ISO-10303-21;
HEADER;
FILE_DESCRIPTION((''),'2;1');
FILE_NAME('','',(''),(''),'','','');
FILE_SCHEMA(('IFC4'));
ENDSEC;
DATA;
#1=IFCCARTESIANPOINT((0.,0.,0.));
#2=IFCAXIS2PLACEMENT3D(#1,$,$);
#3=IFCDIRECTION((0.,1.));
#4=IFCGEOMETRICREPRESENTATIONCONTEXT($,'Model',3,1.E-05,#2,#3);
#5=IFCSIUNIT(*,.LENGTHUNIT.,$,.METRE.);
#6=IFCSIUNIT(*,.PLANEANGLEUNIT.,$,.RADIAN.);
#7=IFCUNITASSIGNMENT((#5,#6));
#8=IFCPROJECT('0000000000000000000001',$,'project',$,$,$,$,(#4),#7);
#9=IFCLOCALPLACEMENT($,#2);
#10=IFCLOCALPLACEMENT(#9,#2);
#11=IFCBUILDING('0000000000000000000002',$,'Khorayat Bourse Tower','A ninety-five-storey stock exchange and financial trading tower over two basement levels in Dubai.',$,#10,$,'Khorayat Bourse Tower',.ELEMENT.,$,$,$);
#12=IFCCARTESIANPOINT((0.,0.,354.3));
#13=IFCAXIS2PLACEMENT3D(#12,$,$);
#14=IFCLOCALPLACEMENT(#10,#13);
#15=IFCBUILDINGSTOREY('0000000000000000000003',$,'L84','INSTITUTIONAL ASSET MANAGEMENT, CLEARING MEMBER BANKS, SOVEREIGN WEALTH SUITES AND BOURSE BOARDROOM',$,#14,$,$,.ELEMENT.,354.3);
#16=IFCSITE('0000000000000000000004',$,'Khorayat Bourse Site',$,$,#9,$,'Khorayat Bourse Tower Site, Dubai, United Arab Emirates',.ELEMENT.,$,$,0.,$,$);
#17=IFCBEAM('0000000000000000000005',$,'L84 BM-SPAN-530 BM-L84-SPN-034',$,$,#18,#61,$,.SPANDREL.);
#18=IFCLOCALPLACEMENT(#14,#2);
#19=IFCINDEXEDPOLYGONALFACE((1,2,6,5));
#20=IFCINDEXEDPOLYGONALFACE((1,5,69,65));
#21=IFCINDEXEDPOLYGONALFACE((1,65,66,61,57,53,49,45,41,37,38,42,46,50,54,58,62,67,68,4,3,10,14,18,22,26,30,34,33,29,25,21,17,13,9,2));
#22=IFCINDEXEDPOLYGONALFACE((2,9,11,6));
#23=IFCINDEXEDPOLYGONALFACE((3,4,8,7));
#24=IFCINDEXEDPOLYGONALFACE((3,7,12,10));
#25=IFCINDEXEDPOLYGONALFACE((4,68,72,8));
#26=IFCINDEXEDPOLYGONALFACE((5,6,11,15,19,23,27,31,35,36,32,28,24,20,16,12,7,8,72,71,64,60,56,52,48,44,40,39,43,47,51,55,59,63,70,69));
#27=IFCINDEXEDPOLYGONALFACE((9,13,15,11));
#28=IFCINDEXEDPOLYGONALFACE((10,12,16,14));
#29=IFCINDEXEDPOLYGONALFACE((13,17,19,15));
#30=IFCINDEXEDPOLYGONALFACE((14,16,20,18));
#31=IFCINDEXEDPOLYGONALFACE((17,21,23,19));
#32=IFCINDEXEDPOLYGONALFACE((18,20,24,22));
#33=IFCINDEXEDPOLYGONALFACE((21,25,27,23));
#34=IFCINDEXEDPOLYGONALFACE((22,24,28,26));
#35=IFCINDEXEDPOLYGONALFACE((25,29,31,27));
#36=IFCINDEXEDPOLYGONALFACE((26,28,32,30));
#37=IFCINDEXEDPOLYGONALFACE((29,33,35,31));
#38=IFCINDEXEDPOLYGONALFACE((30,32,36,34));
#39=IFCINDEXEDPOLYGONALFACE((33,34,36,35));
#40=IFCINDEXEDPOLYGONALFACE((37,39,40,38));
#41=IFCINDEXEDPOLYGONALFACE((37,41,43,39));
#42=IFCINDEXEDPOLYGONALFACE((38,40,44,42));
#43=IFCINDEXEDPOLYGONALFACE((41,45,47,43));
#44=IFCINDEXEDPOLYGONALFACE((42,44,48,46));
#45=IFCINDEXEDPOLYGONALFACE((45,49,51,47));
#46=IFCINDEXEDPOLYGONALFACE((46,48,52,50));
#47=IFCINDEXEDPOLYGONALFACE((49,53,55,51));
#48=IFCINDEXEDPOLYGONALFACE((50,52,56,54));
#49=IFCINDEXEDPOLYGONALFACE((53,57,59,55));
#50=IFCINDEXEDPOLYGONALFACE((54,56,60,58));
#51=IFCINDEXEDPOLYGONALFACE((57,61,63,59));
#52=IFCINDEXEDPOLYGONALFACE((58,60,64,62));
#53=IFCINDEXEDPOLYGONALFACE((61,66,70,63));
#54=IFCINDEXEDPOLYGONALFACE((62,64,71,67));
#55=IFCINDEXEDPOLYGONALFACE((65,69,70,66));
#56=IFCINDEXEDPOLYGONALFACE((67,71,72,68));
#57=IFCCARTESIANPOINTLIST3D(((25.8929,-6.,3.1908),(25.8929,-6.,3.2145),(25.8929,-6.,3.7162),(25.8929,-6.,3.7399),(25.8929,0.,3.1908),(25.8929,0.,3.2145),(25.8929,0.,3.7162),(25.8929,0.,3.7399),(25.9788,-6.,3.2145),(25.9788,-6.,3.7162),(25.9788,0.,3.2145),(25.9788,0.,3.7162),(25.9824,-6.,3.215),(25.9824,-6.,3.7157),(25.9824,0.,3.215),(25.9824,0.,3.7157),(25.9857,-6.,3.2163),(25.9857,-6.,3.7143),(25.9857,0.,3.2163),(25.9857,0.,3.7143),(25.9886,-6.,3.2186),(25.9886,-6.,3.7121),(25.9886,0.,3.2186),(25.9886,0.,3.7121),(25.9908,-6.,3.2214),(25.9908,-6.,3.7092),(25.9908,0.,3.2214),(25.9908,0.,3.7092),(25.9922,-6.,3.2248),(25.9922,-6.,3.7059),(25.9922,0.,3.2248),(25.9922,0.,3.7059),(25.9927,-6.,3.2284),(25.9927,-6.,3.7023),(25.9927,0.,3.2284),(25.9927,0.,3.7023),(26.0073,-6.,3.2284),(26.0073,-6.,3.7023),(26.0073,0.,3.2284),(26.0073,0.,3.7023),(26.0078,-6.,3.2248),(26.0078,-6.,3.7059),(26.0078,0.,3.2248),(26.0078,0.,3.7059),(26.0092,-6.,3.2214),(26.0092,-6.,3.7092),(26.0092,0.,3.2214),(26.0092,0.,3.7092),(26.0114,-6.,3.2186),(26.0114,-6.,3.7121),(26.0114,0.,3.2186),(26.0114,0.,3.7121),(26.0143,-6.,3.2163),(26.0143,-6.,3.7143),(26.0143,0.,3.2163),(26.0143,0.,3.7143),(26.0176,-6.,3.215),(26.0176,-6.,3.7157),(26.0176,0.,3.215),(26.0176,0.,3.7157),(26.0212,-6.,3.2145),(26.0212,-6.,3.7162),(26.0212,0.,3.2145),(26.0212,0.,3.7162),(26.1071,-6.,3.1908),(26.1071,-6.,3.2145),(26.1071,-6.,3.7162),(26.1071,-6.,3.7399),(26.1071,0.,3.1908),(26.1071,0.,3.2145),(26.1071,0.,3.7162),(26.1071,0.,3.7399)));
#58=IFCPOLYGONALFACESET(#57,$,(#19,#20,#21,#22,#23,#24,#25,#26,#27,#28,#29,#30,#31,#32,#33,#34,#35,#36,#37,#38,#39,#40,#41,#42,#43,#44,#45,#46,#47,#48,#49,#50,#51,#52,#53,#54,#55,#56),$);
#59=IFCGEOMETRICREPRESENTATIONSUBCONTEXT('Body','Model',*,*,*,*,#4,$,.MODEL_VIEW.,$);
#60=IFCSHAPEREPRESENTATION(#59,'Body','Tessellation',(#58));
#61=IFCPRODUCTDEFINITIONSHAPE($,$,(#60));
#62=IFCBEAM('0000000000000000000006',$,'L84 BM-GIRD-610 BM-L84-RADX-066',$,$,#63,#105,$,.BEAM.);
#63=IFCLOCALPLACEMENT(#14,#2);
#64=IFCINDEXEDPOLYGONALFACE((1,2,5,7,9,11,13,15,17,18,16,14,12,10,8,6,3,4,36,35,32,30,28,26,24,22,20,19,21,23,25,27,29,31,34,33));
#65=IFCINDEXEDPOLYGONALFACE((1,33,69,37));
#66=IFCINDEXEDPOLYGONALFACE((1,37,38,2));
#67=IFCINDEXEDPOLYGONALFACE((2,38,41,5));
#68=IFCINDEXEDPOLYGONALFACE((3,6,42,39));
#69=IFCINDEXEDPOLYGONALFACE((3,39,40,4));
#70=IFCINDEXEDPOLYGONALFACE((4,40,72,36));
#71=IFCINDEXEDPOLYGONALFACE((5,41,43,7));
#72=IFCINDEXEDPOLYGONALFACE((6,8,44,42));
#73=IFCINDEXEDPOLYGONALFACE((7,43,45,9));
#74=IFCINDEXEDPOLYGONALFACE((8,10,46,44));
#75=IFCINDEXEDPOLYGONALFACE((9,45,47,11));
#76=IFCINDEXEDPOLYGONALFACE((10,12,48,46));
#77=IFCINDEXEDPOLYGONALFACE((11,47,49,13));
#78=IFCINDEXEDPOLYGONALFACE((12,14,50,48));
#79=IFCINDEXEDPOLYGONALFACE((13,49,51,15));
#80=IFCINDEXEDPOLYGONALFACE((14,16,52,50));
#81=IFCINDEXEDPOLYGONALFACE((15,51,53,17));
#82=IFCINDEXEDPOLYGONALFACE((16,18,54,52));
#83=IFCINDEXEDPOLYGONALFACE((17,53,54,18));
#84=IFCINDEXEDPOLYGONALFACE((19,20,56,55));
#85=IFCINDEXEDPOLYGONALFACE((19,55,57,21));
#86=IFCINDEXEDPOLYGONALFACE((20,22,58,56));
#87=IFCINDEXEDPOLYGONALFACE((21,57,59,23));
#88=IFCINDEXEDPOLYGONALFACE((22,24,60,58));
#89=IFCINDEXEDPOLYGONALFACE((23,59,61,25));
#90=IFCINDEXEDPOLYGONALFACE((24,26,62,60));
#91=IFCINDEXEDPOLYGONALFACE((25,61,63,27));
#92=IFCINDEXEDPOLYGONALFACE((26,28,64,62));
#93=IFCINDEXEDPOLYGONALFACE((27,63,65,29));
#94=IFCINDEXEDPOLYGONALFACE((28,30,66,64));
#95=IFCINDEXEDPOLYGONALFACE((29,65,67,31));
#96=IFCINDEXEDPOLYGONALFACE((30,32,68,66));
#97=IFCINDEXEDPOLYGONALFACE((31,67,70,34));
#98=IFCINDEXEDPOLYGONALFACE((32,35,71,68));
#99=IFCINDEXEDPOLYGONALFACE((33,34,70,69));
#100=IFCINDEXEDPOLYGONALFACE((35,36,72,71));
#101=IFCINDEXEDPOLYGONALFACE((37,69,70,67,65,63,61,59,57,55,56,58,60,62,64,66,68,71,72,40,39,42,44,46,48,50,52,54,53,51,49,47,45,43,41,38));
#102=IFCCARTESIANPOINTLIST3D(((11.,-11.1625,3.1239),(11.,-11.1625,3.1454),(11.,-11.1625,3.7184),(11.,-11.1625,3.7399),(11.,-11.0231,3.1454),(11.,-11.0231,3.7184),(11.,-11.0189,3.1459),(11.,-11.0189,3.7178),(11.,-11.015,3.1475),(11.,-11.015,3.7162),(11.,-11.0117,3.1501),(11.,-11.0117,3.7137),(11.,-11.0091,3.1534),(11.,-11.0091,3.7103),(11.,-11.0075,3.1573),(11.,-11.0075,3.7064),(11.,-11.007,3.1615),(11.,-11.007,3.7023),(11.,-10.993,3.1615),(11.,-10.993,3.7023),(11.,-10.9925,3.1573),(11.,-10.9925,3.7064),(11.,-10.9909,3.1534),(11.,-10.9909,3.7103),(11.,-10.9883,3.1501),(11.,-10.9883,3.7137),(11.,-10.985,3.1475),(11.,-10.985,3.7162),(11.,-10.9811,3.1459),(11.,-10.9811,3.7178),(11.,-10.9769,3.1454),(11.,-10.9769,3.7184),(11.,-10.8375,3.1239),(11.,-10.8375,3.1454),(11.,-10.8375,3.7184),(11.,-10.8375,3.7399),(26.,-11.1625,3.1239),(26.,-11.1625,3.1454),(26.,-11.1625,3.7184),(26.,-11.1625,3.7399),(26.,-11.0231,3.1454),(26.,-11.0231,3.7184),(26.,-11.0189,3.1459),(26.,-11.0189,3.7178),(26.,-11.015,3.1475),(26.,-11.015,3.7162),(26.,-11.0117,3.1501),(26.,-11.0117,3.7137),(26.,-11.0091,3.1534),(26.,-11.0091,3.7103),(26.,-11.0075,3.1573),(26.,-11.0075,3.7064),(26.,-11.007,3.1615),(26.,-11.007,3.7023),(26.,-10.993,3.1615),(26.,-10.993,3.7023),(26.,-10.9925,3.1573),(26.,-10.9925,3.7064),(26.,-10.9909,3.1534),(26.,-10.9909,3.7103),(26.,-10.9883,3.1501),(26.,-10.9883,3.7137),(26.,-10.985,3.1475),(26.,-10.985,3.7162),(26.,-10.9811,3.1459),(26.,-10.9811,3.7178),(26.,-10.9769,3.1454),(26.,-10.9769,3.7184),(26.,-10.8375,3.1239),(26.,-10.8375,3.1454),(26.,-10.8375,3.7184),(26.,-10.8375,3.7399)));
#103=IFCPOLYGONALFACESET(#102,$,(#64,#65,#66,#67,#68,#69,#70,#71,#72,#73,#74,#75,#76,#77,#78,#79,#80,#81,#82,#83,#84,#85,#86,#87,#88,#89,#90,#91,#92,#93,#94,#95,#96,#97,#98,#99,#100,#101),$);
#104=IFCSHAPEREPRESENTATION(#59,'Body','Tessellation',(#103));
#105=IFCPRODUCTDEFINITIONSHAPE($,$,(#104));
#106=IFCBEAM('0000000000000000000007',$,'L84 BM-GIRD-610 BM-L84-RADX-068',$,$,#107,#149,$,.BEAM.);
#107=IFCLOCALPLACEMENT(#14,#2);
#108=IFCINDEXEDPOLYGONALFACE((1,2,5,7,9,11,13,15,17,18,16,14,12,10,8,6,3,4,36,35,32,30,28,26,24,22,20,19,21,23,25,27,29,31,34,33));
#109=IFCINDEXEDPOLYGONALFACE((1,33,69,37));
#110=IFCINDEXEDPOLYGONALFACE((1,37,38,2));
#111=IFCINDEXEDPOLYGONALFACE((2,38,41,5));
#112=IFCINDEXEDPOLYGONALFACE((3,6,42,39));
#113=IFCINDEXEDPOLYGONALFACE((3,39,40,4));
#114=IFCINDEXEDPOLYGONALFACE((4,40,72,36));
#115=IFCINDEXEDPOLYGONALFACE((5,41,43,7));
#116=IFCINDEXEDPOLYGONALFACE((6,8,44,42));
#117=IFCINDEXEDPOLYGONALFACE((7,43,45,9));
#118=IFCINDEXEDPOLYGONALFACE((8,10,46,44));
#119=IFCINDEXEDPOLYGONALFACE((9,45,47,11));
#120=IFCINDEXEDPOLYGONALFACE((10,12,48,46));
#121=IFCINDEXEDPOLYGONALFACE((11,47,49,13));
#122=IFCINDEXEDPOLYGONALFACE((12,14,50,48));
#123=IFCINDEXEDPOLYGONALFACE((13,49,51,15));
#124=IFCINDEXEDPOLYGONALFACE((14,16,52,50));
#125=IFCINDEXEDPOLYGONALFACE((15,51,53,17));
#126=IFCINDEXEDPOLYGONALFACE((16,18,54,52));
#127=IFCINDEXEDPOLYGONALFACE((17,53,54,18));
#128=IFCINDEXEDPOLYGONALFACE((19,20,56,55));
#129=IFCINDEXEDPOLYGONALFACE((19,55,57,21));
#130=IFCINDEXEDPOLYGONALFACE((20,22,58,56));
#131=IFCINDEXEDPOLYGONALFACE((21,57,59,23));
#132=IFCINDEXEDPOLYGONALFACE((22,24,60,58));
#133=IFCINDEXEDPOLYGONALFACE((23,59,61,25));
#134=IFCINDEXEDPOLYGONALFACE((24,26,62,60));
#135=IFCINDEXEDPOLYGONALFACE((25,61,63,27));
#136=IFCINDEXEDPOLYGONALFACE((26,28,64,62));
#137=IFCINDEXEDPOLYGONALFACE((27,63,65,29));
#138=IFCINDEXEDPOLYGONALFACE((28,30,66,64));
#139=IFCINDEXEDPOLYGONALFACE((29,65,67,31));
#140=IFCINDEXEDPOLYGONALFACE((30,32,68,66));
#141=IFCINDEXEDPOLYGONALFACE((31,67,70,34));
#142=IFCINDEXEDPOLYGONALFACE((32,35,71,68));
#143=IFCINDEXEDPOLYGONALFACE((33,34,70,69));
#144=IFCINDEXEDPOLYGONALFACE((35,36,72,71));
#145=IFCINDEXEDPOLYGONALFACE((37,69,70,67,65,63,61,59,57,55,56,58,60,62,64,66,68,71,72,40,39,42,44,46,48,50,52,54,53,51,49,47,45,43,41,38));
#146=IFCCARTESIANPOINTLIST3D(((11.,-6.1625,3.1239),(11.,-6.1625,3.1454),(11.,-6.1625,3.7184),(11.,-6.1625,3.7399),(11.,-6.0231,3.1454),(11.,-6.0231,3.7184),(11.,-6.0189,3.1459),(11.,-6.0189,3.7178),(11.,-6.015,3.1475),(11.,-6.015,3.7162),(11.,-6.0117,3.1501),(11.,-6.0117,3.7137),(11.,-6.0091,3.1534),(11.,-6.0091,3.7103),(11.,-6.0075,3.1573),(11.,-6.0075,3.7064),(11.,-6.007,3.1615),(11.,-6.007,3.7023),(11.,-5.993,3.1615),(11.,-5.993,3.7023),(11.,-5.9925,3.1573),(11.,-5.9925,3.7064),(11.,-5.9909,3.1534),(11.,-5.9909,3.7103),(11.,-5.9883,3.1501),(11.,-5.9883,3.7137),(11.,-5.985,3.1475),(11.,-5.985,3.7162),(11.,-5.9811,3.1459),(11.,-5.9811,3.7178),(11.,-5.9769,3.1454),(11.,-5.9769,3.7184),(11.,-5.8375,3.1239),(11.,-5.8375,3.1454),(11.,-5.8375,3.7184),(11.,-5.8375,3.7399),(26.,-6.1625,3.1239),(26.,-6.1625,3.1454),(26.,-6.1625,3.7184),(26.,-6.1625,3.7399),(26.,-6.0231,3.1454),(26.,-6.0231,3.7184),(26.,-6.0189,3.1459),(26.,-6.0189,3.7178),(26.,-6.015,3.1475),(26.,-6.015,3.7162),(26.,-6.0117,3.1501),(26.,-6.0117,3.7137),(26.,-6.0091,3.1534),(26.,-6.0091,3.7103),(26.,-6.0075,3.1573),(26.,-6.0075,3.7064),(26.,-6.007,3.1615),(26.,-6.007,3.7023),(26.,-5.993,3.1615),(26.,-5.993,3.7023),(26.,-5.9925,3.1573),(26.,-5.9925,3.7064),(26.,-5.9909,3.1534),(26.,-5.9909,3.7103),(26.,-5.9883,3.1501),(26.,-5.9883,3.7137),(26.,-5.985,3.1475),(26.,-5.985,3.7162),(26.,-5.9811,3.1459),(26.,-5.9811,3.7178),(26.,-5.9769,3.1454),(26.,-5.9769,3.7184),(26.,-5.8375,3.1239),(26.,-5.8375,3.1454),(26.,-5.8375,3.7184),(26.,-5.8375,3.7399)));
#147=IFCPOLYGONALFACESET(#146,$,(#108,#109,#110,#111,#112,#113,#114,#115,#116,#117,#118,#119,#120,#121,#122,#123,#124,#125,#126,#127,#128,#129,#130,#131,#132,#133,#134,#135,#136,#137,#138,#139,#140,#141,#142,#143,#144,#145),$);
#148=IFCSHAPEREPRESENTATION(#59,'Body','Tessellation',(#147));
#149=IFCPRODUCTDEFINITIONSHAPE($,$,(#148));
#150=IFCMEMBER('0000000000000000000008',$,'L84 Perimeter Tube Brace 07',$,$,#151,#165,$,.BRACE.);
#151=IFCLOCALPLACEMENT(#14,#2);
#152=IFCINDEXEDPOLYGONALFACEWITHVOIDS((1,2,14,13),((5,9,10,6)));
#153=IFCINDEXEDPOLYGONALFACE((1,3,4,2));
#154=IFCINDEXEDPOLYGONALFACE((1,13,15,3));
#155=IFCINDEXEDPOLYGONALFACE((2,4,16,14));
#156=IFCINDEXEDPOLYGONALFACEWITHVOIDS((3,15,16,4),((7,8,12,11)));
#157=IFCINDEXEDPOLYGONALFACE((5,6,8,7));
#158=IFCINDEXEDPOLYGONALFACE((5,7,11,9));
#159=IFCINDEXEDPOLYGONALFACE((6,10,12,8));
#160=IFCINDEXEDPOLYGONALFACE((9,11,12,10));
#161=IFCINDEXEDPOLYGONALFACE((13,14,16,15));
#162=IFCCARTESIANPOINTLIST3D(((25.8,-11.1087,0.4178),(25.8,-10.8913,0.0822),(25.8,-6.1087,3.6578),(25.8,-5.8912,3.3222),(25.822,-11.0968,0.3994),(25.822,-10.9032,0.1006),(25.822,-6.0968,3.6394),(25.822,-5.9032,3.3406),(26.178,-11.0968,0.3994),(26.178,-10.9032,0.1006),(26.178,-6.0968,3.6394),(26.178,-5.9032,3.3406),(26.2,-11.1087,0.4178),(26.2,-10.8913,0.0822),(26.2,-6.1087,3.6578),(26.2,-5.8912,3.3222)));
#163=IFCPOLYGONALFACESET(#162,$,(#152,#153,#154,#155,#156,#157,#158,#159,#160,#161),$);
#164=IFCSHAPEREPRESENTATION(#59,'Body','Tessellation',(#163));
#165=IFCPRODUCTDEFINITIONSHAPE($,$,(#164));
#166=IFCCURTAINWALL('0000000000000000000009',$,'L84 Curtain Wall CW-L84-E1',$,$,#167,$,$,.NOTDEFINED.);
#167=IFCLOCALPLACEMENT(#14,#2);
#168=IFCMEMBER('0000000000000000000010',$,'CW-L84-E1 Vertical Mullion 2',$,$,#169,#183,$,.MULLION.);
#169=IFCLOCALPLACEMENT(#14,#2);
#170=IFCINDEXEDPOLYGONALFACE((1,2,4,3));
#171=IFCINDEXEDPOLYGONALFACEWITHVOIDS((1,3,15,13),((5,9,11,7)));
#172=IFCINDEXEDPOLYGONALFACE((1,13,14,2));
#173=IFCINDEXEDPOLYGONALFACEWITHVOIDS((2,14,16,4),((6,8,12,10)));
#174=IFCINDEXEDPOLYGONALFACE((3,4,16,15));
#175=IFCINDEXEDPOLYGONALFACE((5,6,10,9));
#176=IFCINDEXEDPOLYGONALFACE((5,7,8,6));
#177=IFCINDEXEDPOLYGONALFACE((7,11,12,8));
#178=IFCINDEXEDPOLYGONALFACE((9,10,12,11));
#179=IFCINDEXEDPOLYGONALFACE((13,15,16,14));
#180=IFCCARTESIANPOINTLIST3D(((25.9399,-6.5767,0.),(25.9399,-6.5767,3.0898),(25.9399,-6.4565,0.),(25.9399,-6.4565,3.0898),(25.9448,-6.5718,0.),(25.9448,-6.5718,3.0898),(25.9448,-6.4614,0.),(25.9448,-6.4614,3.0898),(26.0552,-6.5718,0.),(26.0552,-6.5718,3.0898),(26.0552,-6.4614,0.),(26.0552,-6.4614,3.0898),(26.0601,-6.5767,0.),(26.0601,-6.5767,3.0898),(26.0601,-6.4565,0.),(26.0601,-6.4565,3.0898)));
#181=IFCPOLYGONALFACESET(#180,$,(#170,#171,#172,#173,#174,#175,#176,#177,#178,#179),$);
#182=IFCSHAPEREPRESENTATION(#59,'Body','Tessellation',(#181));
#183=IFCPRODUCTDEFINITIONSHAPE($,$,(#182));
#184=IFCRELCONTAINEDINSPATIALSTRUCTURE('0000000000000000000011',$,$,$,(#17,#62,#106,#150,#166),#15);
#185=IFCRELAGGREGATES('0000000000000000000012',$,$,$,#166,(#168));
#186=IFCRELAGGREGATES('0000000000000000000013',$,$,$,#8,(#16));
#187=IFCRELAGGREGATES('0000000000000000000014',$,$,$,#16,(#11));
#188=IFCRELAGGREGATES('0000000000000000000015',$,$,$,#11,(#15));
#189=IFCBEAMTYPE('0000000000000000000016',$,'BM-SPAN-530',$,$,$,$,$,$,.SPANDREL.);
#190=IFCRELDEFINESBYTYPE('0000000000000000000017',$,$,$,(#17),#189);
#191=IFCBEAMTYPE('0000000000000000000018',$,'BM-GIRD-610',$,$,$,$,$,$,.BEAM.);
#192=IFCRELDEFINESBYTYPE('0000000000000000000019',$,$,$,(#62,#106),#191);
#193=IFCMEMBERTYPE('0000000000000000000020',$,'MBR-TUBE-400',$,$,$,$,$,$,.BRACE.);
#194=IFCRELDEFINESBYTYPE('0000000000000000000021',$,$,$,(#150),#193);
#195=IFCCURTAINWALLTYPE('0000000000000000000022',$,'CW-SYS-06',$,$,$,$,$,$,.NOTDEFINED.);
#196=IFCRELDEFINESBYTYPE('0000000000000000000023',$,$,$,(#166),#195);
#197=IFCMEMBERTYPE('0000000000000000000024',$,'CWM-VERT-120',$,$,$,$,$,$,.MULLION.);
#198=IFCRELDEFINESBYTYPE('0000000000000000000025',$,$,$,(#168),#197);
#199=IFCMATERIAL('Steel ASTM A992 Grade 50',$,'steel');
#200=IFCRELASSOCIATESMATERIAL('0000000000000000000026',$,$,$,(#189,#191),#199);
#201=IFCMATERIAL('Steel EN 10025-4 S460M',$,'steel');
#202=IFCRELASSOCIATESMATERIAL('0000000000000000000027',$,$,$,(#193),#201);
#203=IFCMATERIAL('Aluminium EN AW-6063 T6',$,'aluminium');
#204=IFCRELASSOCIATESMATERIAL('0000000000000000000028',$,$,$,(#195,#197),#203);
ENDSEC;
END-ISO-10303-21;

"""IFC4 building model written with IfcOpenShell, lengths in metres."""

from ifc_helpers import new_model, si_unit, direction, frame, origin, origin_2d, place, context, subcontext, project, spatial, hollow_rectangle, i_section, extrude, source, transform, mapped, material, material_profile, profile_set, type_object, element, aggregate, save


model = new_model("IFC4")

# Units and contexts
model_context = context("Model", 3, precision=1e-05, world=origin(), true_north=direction((0.0, 1.0)))
body_context = subcontext(model_context, "Body", "Model", "MODEL_VIEW")
ifc_project = project(units=[si_unit("LENGTHUNIT", "METRE"), si_unit("PLANEANGLEUNIT", "RADIAN")], contexts=[model_context])

# Site, building, storey
site_placement = place(None, origin())
site = spatial("IfcSite", under=ifc_project, at=site_placement, Name="Khorayat Bourse Site", LongName="Khorayat Bourse Tower Site, Dubai, United Arab Emirates", CompositionType="ELEMENT", RefElevation=0.0)
building_placement = place(site_placement, origin())
building = spatial("IfcBuilding", under=site, at=building_placement, Name="Khorayat Bourse Tower", Description="A ninety-five-storey stock exchange and financial trading tower over two basement levels in Dubai.", LongName="Khorayat Bourse Tower", CompositionType="ELEMENT")
storey_placement = place(building_placement, frame((0.0, 0.0, 354.3)))
storey = spatial("IfcBuildingStorey", under=building, at=storey_placement, Name="L84", Description="INSTITUTIONAL ASSET MANAGEMENT, CLEARING MEMBER BANKS, SOVEREIGN WEALTH SUITES AND BOURSE BOARDROOM", CompositionType="ELEMENT", Elevation=354.3)

# Beams
ifc_material_1 = material(Name="Steel ASTM A992 Grade 50", Category="steel")
ifc_material_profile_1 = material_profile(ifc_material_1, i_section(OverallWidth=0.2141, OverallDepth=0.5491, WebThickness=0.0146, FlangeThickness=0.0237, FilletRadius=0.0139, at=origin_2d()), Name="W530X138")
ifc_profile_set_1 = profile_set([ifc_material_profile_1], Name="Steel ASTM A992 Grade 50")
beam_type_1 = type_object("IfcBeamType", Name="BM-SPAN-530", PredefinedType="SPANDREL", material=ifc_profile_set_1)
shared_shape_1 = source(origin(), body_context, "Body", "SweptSolid", [
    extrude(i_section(OverallWidth=0.2141, OverallDepth=0.5491, WebThickness=0.0146, FlangeThickness=0.0237, FilletRadius=0.0139, at=origin_2d()), origin(), (0.0, 0.0, 1.0), 6.0),
])
beam_1_placement = place(storey_placement, frame((26.0, -6.0, 3.4653), z_axis=(0.0, 1.0, 0.0), x_axis=(-1.0, 0.0, 0.0)))
element("IfcBeam", 1, at=beam_1_placement, inside=storey, type_object=beam_type_1, Name="L84 BM-SPAN-530 BM-L84-SPN-034", PredefinedType="SPANDREL", context=body_context, shape_type="MappedRepresentation", body=[
    mapped(shared_shape_1, transform((0.0, 0.0, 0.0), scale=1.0)),
])
ifc_material_profile_2 = material_profile(ifc_material_1, i_section(OverallWidth=0.325, OverallDepth=0.616, WebThickness=0.0139, FlangeThickness=0.0215, FilletRadius=0.0161, at=origin_2d()), Name="W610X174")
ifc_profile_set_2 = profile_set([ifc_material_profile_2], Name="Steel ASTM A992 Grade 50")
beam_type_2 = type_object("IfcBeamType", Name="BM-GIRD-610", PredefinedType="BEAM", material=ifc_profile_set_2)
shared_shape_2 = source(origin(), body_context, "Body", "SweptSolid", [
    extrude(i_section(OverallWidth=0.325, OverallDepth=0.616, WebThickness=0.0139, FlangeThickness=0.0215, FilletRadius=0.0161, at=origin_2d()), origin(), (0.0, 0.0, 1.0), 15.0),
])
for number, where, z_axis, x_axis, name in (
    (2, (11.0, -11.0, 3.4319), (1.0, 0.0, 0.0), (0.0, 1.0, 0.0), "L84 BM-GIRD-610 BM-L84-RADX-066"),
    (3, (11.0, -6.0, 3.4319), (1.0, 0.0, 0.0), (0.0, 1.0, 0.0), "L84 BM-GIRD-610 BM-L84-RADX-068"),
):
    element("IfcBeam", number, at=place(storey_placement, frame(where, z_axis=z_axis, x_axis=x_axis)), inside=storey, type_object=beam_type_2, Name=name, PredefinedType="BEAM", context=body_context, shape_type="MappedRepresentation", body=[
        mapped(shared_shape_2, transform((0.0, 0.0, 0.0), scale=1.0)),
    ])

# Member
ifc_material_2 = material(Name="Steel EN 10025-4 S460M", Category="steel")
ifc_material_profile_3 = material_profile(ifc_material_2, hollow_rectangle(XDim=0.3999, YDim=0.3999, WallThickness=0.022, at=origin_2d()), Name="HSS 400x400x22")
ifc_profile_set_3 = profile_set([ifc_material_profile_3], Name="Steel EN 10025-4 S460M")
member_type_1 = type_object("IfcMemberType", Name="MBR-TUBE-400", PredefinedType="BRACE", material=ifc_profile_set_3)
shared_shape_3 = source(origin(), body_context, "Body", "SweptSolid", [
    extrude(hollow_rectangle(XDim=0.3999, YDim=0.3999, WallThickness=0.022, at=origin_2d()), origin(), (0.0, 0.0, 1.0), 5.958),
])
member_1_placement = place(storey_placement, frame((26.0, -11.0, 0.25), z_axis=(0.0, 0.83921, 0.543807), x_axis=(-1.0, 0.0, 0.0)))
element("IfcMember", 4, at=member_1_placement, inside=storey, type_object=member_type_1, Name="L84 Perimeter Tube Brace 07", PredefinedType="BRACE", context=body_context, shape_type="MappedRepresentation", body=[
    mapped(shared_shape_3, transform((0.0, 0.0, 0.0), scale=1.0)),
])

# Curtain wall, member
ifc_material_3 = material(Name="Aluminium EN AW-6063 T6", Category="aluminium")
curtain_wall_type = type_object("IfcCurtainWallType", Name="CW-SYS-06", PredefinedType="NOTDEFINED", material=ifc_material_3)
curtain_wall_placement = place(storey_placement, origin())
curtain_wall = element("IfcCurtainWall", 5, at=curtain_wall_placement, inside=storey, type_object=curtain_wall_type, Name="L84 Curtain Wall CW-L84-E1", PredefinedType="NOTDEFINED")
ifc_material_profile_4 = material_profile(ifc_material_3, hollow_rectangle(XDim=0.1201, YDim=0.1201, WallThickness=0.0049, at=origin_2d()), Name="ALU 120x120x5")
ifc_profile_set_4 = profile_set([ifc_material_profile_4], Name="Aluminium EN AW-6063 T6")
member_type_2 = type_object("IfcMemberType", Name="CWM-VERT-120", PredefinedType="MULLION", material=ifc_profile_set_4)
shared_shape_4 = source(origin(), body_context, "Body", "SweptSolid", [
    extrude(hollow_rectangle(XDim=0.1201, YDim=0.1201, WallThickness=0.0049, at=origin_2d()), origin(), (0.0, 0.0, 1.0), 3.0898),
])
member_2_placement = place(storey_placement, frame((26.0, -6.5166, 0.0), z_axis=(0.0, 0.0, 1.0), x_axis=(-1.0, 0.0, 0.0)))
member_2 = element("IfcMember", 6, at=member_2_placement, type_object=member_type_2, Name="CW-L84-E1 Vertical Mullion 2", PredefinedType="MULLION", context=body_context, shape_type="MappedRepresentation", body=[
    mapped(shared_shape_4, transform((0.0, 0.0, 0.0), scale=1.0)),
])

aggregate(curtain_wall, [member_2])

save(model, "model.ifc")
